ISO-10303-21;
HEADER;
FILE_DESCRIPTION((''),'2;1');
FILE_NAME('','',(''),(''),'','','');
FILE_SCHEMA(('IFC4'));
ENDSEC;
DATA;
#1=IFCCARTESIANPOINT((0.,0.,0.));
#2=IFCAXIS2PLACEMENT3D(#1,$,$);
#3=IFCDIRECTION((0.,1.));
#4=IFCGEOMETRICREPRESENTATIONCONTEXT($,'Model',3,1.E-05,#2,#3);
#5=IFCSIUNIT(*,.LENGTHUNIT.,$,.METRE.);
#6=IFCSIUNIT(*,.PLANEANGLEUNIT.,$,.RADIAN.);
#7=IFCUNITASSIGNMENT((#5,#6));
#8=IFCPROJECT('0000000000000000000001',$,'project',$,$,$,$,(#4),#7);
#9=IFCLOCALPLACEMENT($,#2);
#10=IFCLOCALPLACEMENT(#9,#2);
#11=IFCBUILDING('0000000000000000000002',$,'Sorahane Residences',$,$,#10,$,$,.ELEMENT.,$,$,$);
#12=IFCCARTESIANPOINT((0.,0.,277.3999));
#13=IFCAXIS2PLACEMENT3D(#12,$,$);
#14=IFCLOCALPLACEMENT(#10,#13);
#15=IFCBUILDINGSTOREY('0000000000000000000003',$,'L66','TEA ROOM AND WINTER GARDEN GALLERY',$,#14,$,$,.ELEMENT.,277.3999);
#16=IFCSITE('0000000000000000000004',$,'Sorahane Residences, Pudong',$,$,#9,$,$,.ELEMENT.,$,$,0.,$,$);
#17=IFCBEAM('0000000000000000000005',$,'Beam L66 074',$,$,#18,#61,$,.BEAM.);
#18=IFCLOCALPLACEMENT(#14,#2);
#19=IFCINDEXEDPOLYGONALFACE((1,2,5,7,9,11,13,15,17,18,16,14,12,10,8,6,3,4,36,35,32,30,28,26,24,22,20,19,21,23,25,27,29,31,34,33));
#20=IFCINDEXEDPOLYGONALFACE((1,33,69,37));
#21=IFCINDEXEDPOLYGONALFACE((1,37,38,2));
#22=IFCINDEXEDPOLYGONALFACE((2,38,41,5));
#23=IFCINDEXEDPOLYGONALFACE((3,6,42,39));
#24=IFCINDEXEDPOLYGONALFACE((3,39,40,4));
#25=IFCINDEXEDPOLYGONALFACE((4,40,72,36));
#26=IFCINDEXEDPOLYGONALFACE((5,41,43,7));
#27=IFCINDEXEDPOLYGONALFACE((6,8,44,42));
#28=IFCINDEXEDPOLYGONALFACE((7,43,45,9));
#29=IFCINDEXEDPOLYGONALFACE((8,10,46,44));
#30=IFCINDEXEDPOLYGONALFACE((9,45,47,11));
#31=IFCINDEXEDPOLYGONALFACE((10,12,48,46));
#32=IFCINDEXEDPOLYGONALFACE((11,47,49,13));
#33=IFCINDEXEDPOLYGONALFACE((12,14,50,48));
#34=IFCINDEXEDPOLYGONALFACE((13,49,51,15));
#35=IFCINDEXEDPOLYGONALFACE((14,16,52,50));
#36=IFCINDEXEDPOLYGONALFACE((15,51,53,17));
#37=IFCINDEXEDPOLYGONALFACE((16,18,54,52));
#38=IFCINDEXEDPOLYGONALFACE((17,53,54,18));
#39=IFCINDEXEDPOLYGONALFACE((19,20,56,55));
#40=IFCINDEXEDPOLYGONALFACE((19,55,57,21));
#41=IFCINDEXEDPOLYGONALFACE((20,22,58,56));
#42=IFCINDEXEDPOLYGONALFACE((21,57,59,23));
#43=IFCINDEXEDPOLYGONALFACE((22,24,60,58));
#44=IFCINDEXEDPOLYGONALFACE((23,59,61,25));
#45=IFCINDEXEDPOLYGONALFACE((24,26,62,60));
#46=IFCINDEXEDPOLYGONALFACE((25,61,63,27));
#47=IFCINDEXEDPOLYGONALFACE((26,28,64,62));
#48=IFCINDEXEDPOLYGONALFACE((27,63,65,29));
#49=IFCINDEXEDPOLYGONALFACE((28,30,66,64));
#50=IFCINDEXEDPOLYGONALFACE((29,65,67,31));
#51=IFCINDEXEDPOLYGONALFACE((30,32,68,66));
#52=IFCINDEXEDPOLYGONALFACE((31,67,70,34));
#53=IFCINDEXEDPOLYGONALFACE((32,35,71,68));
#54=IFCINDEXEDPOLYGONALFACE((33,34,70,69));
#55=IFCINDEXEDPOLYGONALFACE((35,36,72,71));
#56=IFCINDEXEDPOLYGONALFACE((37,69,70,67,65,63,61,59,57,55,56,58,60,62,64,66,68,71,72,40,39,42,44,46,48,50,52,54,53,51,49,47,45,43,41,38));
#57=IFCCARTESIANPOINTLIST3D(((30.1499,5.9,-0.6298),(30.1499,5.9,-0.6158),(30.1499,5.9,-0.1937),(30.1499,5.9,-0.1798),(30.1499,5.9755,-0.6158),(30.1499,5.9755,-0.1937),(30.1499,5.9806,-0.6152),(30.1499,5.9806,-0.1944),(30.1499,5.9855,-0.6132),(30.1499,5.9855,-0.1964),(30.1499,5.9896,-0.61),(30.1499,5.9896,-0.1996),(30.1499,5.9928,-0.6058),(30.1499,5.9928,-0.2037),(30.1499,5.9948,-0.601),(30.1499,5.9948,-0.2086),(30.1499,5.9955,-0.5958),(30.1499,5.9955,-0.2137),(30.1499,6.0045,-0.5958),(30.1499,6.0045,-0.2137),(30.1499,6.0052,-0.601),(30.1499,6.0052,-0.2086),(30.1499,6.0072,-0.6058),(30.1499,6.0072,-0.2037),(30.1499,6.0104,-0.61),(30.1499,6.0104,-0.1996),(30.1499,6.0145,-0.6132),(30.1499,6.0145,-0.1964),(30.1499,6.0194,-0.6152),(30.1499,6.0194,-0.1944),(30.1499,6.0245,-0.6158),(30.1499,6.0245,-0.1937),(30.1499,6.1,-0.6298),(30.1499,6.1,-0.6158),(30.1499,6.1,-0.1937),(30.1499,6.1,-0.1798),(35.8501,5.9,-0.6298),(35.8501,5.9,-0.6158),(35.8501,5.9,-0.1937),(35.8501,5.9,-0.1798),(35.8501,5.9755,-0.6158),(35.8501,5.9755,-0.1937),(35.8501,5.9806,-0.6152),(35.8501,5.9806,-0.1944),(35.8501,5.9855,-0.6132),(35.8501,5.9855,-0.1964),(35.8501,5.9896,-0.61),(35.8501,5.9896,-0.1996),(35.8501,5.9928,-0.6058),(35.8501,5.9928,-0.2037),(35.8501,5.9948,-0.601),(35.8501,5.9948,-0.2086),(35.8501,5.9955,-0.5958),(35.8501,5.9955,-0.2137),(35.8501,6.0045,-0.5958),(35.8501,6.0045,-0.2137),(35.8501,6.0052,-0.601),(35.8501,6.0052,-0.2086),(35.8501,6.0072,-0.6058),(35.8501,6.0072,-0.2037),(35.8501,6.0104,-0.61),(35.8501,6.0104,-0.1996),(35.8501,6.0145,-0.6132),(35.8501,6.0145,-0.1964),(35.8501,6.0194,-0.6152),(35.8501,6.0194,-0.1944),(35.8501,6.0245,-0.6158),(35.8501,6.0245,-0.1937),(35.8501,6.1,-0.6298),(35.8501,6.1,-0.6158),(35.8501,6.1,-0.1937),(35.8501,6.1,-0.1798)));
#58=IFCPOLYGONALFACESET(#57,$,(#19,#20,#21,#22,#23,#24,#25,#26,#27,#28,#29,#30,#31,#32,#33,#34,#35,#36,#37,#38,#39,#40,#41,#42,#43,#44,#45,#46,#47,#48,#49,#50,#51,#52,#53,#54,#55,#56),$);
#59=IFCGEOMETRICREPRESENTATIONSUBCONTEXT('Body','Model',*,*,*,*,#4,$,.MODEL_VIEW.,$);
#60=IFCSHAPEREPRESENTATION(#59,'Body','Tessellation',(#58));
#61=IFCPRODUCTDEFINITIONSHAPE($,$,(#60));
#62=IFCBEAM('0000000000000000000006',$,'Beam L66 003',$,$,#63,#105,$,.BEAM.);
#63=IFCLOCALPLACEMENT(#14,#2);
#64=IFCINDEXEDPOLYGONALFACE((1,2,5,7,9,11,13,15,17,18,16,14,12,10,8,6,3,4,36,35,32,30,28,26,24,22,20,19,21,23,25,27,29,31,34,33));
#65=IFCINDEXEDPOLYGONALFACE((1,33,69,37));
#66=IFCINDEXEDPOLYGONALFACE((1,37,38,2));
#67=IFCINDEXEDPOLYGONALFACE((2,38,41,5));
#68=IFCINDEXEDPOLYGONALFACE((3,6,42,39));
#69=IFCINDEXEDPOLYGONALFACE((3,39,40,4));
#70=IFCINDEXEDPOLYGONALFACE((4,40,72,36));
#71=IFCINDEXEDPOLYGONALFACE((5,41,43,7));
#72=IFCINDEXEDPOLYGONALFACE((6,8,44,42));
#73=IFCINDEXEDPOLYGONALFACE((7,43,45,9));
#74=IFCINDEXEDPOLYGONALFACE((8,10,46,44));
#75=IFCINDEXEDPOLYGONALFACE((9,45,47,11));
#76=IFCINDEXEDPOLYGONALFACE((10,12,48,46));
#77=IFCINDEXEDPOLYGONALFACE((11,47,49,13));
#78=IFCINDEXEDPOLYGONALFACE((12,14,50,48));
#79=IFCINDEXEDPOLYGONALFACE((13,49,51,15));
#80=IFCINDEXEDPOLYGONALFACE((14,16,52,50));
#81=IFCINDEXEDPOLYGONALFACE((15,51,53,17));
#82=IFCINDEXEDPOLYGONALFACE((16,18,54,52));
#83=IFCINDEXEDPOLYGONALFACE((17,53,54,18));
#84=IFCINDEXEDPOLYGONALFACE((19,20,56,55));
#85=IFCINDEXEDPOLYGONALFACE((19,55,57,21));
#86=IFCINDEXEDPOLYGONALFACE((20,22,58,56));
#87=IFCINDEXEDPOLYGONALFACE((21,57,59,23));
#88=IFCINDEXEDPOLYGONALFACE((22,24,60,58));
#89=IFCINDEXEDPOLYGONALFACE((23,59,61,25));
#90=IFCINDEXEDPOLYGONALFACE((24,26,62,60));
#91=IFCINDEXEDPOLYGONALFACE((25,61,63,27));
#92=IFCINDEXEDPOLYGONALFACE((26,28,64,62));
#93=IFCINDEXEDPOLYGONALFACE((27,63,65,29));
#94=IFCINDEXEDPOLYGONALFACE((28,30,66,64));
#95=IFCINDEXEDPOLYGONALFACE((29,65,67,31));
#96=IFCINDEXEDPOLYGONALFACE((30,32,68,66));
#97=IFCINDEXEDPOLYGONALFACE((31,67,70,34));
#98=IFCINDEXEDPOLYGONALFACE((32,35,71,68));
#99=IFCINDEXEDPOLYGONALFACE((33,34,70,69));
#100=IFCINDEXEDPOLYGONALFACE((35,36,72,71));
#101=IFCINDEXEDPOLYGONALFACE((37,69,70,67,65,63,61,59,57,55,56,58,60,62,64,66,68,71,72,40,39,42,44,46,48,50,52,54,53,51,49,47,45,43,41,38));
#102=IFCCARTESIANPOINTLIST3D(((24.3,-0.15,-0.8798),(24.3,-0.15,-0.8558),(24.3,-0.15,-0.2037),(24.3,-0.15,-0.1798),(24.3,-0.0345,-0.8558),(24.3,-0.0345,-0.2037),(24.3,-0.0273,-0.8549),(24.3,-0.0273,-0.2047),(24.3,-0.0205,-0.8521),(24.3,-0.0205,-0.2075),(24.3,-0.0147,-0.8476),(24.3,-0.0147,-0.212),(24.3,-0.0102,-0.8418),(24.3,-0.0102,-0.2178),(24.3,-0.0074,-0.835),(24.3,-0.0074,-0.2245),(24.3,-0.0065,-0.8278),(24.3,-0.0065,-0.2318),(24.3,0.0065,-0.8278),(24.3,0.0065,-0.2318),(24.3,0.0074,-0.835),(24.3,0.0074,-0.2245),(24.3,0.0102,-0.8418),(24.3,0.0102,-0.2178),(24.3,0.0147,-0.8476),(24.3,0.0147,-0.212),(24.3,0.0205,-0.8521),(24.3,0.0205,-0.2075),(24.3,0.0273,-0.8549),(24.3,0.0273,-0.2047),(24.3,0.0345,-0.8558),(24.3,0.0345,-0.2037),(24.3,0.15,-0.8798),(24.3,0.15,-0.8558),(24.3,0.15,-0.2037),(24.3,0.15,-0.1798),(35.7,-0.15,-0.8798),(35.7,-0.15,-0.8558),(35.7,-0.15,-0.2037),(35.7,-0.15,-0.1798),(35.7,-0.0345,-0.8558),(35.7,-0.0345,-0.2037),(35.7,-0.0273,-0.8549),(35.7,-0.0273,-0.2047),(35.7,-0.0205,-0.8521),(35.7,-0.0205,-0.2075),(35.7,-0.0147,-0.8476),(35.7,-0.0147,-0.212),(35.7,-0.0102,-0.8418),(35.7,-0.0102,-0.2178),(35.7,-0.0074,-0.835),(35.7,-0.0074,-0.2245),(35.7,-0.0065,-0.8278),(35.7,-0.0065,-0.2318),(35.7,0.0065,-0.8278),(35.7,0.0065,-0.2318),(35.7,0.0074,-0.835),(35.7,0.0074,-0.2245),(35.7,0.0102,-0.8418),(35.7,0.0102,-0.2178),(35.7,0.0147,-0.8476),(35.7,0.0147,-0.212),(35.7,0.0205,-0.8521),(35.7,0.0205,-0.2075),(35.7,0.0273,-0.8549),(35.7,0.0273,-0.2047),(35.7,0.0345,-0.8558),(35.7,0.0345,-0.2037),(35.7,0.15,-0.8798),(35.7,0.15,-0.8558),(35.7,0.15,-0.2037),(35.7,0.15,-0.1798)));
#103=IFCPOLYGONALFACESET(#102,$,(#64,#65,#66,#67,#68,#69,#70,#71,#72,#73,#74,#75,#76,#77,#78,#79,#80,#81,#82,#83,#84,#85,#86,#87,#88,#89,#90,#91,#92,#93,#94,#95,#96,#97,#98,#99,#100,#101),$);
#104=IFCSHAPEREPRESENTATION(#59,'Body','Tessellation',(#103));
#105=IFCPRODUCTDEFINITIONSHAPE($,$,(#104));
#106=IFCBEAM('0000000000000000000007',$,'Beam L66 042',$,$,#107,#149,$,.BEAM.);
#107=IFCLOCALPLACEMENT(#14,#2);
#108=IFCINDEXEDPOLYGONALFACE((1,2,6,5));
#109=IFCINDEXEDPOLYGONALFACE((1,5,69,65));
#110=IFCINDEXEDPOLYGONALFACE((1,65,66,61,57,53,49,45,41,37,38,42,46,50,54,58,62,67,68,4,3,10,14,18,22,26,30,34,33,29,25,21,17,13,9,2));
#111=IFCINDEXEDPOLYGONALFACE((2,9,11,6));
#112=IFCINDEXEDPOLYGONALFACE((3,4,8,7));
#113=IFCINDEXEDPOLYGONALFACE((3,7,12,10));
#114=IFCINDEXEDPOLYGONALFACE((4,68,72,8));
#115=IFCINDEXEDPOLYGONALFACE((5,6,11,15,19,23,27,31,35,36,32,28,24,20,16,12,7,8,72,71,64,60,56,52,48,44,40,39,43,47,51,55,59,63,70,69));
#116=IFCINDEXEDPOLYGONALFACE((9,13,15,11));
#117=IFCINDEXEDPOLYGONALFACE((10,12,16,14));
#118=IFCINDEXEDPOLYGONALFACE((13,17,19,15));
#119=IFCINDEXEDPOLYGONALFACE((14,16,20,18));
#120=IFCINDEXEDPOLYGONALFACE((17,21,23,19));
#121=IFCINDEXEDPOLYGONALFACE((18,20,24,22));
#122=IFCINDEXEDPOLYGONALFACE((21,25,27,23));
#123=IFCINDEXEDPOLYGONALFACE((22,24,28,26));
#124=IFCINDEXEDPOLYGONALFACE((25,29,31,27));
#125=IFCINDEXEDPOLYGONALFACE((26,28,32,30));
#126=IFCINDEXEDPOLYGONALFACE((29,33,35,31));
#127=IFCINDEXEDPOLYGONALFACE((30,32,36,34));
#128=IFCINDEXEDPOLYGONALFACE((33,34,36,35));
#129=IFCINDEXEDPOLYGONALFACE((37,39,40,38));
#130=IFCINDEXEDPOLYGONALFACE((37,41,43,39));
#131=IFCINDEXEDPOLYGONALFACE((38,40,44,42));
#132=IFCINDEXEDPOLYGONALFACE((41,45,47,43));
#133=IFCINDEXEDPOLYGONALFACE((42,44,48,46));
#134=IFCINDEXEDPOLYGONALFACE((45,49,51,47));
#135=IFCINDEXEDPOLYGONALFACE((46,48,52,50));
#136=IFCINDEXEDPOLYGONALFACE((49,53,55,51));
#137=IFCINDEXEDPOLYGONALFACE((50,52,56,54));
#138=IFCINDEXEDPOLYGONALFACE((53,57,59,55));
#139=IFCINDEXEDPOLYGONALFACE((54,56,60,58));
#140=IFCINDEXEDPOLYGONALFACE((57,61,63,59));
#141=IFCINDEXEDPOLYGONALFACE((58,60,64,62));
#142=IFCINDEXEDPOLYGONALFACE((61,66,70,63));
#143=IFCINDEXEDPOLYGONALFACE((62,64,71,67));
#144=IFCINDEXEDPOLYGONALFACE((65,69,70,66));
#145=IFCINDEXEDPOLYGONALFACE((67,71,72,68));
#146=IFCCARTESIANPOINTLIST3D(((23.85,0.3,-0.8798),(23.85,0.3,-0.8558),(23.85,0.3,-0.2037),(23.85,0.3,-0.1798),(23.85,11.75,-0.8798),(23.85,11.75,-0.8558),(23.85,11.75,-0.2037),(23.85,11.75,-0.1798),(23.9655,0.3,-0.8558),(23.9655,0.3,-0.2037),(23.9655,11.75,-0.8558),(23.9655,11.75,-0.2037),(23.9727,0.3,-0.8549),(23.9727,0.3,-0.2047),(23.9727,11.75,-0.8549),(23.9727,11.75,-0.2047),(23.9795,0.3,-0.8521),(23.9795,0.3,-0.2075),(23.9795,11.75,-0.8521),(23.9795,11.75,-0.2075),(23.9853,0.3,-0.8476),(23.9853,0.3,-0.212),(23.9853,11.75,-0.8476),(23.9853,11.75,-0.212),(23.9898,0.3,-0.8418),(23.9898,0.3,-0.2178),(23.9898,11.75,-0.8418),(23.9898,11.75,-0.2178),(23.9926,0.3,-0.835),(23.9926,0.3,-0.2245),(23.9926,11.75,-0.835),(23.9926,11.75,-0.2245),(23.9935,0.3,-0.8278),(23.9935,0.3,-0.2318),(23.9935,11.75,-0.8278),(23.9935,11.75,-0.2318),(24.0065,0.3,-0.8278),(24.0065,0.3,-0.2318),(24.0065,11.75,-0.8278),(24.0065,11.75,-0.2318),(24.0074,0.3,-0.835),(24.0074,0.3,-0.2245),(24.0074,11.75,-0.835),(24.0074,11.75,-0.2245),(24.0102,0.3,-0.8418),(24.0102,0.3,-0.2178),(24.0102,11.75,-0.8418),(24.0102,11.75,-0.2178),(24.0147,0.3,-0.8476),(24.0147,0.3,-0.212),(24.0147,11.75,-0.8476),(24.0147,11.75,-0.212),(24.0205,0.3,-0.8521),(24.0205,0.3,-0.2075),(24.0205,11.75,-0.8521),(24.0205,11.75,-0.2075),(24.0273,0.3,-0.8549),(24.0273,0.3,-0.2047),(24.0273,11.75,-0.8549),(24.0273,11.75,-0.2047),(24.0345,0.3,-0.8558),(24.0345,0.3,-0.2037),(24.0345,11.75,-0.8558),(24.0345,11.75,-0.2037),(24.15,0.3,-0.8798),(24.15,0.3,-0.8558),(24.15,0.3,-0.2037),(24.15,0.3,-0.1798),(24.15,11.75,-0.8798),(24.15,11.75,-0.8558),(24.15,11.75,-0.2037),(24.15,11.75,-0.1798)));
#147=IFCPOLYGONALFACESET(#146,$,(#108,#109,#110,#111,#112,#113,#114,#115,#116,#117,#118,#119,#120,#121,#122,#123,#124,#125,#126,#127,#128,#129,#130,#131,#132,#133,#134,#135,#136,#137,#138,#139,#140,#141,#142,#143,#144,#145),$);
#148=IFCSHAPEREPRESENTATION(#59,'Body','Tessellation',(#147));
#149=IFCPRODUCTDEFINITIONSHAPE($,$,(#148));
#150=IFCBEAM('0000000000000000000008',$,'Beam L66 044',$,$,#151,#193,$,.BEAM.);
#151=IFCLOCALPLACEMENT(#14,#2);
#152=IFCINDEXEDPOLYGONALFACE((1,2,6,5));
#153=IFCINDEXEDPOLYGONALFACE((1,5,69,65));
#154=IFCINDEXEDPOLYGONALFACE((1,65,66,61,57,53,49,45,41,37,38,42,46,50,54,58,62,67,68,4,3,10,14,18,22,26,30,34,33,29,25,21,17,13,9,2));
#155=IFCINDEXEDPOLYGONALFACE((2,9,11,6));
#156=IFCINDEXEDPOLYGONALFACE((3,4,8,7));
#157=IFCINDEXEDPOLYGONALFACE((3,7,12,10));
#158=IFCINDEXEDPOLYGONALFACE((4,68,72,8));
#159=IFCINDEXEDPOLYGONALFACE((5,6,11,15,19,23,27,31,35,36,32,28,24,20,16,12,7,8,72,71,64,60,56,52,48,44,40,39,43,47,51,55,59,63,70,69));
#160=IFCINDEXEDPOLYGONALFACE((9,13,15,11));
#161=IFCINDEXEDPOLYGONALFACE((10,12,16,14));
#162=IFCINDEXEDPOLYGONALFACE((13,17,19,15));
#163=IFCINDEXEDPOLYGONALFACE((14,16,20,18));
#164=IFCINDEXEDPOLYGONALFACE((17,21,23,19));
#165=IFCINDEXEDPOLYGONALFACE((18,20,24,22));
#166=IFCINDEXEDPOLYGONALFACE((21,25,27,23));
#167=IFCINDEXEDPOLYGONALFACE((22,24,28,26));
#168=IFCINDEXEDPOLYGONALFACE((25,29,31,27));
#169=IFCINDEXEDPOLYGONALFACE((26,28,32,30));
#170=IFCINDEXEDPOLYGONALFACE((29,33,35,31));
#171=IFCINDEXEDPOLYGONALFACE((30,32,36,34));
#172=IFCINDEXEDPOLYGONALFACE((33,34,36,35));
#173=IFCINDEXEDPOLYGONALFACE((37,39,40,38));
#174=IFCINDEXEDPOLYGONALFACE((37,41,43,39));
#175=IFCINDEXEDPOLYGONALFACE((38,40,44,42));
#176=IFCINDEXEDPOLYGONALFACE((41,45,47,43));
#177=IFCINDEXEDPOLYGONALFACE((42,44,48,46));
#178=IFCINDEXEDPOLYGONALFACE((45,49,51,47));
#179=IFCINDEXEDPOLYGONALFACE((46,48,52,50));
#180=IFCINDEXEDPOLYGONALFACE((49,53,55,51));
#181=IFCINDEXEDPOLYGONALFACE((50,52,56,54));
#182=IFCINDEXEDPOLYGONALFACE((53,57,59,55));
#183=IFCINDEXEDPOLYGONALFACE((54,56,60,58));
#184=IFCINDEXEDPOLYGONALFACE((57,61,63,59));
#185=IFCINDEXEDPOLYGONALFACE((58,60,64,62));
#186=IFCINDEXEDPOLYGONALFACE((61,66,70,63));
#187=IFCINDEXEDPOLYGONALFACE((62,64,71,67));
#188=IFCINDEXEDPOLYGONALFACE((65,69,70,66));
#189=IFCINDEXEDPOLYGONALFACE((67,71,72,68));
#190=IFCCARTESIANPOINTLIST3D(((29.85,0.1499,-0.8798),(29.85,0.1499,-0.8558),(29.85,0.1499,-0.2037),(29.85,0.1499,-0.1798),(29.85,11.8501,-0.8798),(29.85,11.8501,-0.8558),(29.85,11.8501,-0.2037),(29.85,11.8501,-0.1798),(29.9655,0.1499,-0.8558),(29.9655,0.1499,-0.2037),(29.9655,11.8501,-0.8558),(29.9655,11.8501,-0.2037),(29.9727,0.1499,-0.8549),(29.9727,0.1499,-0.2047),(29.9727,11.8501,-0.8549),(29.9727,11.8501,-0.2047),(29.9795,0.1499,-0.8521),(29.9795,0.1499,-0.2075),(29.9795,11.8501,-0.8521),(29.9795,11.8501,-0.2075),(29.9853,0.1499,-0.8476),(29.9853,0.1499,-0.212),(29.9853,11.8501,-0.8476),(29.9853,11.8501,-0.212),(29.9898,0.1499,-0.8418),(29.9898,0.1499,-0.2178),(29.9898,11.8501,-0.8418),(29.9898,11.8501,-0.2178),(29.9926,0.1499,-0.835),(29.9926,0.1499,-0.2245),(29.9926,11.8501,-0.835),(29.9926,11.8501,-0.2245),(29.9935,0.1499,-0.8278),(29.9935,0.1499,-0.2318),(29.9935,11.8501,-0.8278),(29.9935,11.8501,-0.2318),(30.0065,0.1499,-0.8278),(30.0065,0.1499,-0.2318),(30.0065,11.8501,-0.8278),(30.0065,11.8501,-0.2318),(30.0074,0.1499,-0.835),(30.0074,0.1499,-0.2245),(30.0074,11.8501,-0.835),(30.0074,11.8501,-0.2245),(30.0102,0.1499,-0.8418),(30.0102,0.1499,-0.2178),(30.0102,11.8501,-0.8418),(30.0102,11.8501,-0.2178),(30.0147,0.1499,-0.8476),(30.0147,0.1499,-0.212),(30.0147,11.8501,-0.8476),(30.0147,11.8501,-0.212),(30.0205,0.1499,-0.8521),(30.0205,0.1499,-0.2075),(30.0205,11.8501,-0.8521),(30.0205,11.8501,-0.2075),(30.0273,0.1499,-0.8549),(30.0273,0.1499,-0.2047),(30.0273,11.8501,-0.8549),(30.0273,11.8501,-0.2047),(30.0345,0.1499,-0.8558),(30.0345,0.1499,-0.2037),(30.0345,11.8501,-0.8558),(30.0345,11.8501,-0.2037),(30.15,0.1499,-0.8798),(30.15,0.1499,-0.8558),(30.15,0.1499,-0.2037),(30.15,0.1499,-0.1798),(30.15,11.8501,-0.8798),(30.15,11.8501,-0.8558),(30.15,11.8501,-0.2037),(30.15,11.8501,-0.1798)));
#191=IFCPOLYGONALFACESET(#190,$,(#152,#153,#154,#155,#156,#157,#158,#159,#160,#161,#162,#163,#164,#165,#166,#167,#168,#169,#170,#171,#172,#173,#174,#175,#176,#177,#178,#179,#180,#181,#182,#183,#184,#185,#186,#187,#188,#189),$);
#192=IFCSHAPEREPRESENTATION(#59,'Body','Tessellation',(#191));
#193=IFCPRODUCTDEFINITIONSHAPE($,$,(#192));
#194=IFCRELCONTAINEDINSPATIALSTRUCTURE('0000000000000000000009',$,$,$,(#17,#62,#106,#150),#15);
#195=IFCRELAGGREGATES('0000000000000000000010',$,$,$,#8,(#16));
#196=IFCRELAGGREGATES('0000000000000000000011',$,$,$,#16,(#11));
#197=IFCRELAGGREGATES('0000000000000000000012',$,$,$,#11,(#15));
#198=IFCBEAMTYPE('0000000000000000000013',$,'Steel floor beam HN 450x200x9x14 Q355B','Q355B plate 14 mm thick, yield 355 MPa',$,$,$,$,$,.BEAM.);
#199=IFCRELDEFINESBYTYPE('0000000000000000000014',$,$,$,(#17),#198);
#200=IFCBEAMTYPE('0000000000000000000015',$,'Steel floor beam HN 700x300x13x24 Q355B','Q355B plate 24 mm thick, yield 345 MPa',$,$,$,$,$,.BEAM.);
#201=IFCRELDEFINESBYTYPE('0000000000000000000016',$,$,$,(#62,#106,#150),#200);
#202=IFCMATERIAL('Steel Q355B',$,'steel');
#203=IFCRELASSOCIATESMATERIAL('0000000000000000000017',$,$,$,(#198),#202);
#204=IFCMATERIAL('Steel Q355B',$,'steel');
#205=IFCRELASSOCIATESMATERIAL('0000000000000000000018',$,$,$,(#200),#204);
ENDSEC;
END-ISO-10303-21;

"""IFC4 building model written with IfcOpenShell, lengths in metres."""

from ifc_helpers import new_model, si_unit, direction, frame, origin, origin_2d, place, context, subcontext, project, spatial, i_section, extrude, material, material_profile, profile_set, type_object, element, save


model = new_model("IFC4")

# Units and contexts
model_context = context("Model", 3, precision=1e-05, world=origin(), true_north=direction((0.0, 1.0)))
body_context = subcontext(model_context, "Body", "Model", "MODEL_VIEW")
ifc_project = project(units=[si_unit("LENGTHUNIT", "METRE"), si_unit("PLANEANGLEUNIT", "RADIAN")], contexts=[model_context])

# Site, building, storey
site_placement = place(None, origin())
site = spatial("IfcSite", under=ifc_project, at=site_placement, Name="Sorahane Residences, Pudong", CompositionType="ELEMENT", RefElevation=0.0)
building_placement = place(site_placement, origin())
building = spatial("IfcBuilding", under=site, at=building_placement, Name="Sorahane Residences", CompositionType="ELEMENT")
storey_placement = place(building_placement, frame((0.0, 0.0, 277.3999)))
storey = spatial("IfcBuildingStorey", under=building, at=storey_placement, Name="L66", Description="TEA ROOM AND WINTER GARDEN GALLERY", CompositionType="ELEMENT", Elevation=277.3999)

# Beams
ifc_material_1 = material(Name="Steel Q355B", Category="steel")
ifc_material_profile_1 = material_profile(ifc_material_1, i_section(OverallWidth=0.2, OverallDepth=0.45, WebThickness=0.009, FlangeThickness=0.0139, FilletRadius=0.02, at=origin_2d()), Name="HN 450x200x9x14")
ifc_profile_set_1 = profile_set([ifc_material_profile_1], Name="Steel Q355B")
beam_type_1 = type_object("IfcBeamType", Name="Steel floor beam HN 450x200x9x14 Q355B", Description="Q355B plate 14 mm thick, yield 355 MPa", PredefinedType="BEAM", material=ifc_profile_set_1)
for number, where, z_axis, x_axis, name in (
    (1, (30.1499, 6.0, -0.4048), (1.0, 0.0, 0.0), (0.0, 1.0, 0.0), "Beam L66 074"),
):
    element("IfcBeam", number, at=place(storey_placement, frame(where, z_axis=z_axis, x_axis=x_axis)), inside=storey, type_object=beam_type_1, Name=name, PredefinedType="BEAM", context=body_context, shape_type="SweptSolid", body=[
        extrude(i_section(OverallWidth=0.2, OverallDepth=0.45, WebThickness=0.009, FlangeThickness=0.0139, FilletRadius=0.02, at=origin_2d()), origin(), (0.0, 0.0, 1.0), 5.7002),
    ])
ifc_material_2 = material(Name="Steel Q355B", Category="steel")
ifc_material_profile_2 = material_profile(ifc_material_2, i_section(OverallWidth=0.3, OverallDepth=0.7, WebThickness=0.0129, FlangeThickness=0.0239, FilletRadius=0.0281, at=origin_2d()), Name="HN 700x300x13x24")
ifc_profile_set_2 = profile_set([ifc_material_profile_2], Name="Steel Q355B")
beam_type_2 = type_object("IfcBeamType", Name="Steel floor beam HN 700x300x13x24 Q355B", Description="Q355B plate 24 mm thick, yield 345 MPa", PredefinedType="BEAM", material=ifc_profile_set_2)
beam_1_placement = place(storey_placement, frame((24.3, 0.0, -0.5298), z_axis=(1.0, 0.0, 0.0), x_axis=(0.0, 1.0, 0.0)))
element("IfcBeam", 2, at=beam_1_placement, inside=storey, type_object=beam_type_2, Name="Beam L66 003", PredefinedType="BEAM", context=body_context, shape_type="SweptSolid", body=[
    extrude(i_section(OverallWidth=0.3, OverallDepth=0.7, WebThickness=0.0129, FlangeThickness=0.0239, FilletRadius=0.0281, at=origin_2d()), origin(), (0.0, 0.0, 1.0), 11.3999),
])
beam_2_placement = place(storey_placement, frame((24.0, 0.3, -0.5298), z_axis=(0.0, 1.0, 0.0), x_axis=(-1.0, 0.0, 0.0)))
element("IfcBeam", 3, at=beam_2_placement, inside=storey, type_object=beam_type_2, Name="Beam L66 042", PredefinedType="BEAM", context=body_context, shape_type="SweptSolid", body=[
    extrude(i_section(OverallWidth=0.3, OverallDepth=0.7, WebThickness=0.0129, FlangeThickness=0.0239, FilletRadius=0.0281, at=origin_2d()), origin(), (0.0, 0.0, 1.0), 11.45),
])
beam_3_placement = place(storey_placement, frame((30.0, 0.1499, -0.5298), z_axis=(0.0, 1.0, 0.0), x_axis=(-1.0, 0.0, 0.0)))
element("IfcBeam", 4, at=beam_3_placement, inside=storey, type_object=beam_type_2, Name="Beam L66 044", PredefinedType="BEAM", context=body_context, shape_type="SweptSolid", body=[
    extrude(i_section(OverallWidth=0.3, OverallDepth=0.7, WebThickness=0.0129, FlangeThickness=0.0239, FilletRadius=0.0281, at=origin_2d()), origin(), (0.0, 0.0, 1.0), 11.7002),
])

save(model, "model.ifc")
